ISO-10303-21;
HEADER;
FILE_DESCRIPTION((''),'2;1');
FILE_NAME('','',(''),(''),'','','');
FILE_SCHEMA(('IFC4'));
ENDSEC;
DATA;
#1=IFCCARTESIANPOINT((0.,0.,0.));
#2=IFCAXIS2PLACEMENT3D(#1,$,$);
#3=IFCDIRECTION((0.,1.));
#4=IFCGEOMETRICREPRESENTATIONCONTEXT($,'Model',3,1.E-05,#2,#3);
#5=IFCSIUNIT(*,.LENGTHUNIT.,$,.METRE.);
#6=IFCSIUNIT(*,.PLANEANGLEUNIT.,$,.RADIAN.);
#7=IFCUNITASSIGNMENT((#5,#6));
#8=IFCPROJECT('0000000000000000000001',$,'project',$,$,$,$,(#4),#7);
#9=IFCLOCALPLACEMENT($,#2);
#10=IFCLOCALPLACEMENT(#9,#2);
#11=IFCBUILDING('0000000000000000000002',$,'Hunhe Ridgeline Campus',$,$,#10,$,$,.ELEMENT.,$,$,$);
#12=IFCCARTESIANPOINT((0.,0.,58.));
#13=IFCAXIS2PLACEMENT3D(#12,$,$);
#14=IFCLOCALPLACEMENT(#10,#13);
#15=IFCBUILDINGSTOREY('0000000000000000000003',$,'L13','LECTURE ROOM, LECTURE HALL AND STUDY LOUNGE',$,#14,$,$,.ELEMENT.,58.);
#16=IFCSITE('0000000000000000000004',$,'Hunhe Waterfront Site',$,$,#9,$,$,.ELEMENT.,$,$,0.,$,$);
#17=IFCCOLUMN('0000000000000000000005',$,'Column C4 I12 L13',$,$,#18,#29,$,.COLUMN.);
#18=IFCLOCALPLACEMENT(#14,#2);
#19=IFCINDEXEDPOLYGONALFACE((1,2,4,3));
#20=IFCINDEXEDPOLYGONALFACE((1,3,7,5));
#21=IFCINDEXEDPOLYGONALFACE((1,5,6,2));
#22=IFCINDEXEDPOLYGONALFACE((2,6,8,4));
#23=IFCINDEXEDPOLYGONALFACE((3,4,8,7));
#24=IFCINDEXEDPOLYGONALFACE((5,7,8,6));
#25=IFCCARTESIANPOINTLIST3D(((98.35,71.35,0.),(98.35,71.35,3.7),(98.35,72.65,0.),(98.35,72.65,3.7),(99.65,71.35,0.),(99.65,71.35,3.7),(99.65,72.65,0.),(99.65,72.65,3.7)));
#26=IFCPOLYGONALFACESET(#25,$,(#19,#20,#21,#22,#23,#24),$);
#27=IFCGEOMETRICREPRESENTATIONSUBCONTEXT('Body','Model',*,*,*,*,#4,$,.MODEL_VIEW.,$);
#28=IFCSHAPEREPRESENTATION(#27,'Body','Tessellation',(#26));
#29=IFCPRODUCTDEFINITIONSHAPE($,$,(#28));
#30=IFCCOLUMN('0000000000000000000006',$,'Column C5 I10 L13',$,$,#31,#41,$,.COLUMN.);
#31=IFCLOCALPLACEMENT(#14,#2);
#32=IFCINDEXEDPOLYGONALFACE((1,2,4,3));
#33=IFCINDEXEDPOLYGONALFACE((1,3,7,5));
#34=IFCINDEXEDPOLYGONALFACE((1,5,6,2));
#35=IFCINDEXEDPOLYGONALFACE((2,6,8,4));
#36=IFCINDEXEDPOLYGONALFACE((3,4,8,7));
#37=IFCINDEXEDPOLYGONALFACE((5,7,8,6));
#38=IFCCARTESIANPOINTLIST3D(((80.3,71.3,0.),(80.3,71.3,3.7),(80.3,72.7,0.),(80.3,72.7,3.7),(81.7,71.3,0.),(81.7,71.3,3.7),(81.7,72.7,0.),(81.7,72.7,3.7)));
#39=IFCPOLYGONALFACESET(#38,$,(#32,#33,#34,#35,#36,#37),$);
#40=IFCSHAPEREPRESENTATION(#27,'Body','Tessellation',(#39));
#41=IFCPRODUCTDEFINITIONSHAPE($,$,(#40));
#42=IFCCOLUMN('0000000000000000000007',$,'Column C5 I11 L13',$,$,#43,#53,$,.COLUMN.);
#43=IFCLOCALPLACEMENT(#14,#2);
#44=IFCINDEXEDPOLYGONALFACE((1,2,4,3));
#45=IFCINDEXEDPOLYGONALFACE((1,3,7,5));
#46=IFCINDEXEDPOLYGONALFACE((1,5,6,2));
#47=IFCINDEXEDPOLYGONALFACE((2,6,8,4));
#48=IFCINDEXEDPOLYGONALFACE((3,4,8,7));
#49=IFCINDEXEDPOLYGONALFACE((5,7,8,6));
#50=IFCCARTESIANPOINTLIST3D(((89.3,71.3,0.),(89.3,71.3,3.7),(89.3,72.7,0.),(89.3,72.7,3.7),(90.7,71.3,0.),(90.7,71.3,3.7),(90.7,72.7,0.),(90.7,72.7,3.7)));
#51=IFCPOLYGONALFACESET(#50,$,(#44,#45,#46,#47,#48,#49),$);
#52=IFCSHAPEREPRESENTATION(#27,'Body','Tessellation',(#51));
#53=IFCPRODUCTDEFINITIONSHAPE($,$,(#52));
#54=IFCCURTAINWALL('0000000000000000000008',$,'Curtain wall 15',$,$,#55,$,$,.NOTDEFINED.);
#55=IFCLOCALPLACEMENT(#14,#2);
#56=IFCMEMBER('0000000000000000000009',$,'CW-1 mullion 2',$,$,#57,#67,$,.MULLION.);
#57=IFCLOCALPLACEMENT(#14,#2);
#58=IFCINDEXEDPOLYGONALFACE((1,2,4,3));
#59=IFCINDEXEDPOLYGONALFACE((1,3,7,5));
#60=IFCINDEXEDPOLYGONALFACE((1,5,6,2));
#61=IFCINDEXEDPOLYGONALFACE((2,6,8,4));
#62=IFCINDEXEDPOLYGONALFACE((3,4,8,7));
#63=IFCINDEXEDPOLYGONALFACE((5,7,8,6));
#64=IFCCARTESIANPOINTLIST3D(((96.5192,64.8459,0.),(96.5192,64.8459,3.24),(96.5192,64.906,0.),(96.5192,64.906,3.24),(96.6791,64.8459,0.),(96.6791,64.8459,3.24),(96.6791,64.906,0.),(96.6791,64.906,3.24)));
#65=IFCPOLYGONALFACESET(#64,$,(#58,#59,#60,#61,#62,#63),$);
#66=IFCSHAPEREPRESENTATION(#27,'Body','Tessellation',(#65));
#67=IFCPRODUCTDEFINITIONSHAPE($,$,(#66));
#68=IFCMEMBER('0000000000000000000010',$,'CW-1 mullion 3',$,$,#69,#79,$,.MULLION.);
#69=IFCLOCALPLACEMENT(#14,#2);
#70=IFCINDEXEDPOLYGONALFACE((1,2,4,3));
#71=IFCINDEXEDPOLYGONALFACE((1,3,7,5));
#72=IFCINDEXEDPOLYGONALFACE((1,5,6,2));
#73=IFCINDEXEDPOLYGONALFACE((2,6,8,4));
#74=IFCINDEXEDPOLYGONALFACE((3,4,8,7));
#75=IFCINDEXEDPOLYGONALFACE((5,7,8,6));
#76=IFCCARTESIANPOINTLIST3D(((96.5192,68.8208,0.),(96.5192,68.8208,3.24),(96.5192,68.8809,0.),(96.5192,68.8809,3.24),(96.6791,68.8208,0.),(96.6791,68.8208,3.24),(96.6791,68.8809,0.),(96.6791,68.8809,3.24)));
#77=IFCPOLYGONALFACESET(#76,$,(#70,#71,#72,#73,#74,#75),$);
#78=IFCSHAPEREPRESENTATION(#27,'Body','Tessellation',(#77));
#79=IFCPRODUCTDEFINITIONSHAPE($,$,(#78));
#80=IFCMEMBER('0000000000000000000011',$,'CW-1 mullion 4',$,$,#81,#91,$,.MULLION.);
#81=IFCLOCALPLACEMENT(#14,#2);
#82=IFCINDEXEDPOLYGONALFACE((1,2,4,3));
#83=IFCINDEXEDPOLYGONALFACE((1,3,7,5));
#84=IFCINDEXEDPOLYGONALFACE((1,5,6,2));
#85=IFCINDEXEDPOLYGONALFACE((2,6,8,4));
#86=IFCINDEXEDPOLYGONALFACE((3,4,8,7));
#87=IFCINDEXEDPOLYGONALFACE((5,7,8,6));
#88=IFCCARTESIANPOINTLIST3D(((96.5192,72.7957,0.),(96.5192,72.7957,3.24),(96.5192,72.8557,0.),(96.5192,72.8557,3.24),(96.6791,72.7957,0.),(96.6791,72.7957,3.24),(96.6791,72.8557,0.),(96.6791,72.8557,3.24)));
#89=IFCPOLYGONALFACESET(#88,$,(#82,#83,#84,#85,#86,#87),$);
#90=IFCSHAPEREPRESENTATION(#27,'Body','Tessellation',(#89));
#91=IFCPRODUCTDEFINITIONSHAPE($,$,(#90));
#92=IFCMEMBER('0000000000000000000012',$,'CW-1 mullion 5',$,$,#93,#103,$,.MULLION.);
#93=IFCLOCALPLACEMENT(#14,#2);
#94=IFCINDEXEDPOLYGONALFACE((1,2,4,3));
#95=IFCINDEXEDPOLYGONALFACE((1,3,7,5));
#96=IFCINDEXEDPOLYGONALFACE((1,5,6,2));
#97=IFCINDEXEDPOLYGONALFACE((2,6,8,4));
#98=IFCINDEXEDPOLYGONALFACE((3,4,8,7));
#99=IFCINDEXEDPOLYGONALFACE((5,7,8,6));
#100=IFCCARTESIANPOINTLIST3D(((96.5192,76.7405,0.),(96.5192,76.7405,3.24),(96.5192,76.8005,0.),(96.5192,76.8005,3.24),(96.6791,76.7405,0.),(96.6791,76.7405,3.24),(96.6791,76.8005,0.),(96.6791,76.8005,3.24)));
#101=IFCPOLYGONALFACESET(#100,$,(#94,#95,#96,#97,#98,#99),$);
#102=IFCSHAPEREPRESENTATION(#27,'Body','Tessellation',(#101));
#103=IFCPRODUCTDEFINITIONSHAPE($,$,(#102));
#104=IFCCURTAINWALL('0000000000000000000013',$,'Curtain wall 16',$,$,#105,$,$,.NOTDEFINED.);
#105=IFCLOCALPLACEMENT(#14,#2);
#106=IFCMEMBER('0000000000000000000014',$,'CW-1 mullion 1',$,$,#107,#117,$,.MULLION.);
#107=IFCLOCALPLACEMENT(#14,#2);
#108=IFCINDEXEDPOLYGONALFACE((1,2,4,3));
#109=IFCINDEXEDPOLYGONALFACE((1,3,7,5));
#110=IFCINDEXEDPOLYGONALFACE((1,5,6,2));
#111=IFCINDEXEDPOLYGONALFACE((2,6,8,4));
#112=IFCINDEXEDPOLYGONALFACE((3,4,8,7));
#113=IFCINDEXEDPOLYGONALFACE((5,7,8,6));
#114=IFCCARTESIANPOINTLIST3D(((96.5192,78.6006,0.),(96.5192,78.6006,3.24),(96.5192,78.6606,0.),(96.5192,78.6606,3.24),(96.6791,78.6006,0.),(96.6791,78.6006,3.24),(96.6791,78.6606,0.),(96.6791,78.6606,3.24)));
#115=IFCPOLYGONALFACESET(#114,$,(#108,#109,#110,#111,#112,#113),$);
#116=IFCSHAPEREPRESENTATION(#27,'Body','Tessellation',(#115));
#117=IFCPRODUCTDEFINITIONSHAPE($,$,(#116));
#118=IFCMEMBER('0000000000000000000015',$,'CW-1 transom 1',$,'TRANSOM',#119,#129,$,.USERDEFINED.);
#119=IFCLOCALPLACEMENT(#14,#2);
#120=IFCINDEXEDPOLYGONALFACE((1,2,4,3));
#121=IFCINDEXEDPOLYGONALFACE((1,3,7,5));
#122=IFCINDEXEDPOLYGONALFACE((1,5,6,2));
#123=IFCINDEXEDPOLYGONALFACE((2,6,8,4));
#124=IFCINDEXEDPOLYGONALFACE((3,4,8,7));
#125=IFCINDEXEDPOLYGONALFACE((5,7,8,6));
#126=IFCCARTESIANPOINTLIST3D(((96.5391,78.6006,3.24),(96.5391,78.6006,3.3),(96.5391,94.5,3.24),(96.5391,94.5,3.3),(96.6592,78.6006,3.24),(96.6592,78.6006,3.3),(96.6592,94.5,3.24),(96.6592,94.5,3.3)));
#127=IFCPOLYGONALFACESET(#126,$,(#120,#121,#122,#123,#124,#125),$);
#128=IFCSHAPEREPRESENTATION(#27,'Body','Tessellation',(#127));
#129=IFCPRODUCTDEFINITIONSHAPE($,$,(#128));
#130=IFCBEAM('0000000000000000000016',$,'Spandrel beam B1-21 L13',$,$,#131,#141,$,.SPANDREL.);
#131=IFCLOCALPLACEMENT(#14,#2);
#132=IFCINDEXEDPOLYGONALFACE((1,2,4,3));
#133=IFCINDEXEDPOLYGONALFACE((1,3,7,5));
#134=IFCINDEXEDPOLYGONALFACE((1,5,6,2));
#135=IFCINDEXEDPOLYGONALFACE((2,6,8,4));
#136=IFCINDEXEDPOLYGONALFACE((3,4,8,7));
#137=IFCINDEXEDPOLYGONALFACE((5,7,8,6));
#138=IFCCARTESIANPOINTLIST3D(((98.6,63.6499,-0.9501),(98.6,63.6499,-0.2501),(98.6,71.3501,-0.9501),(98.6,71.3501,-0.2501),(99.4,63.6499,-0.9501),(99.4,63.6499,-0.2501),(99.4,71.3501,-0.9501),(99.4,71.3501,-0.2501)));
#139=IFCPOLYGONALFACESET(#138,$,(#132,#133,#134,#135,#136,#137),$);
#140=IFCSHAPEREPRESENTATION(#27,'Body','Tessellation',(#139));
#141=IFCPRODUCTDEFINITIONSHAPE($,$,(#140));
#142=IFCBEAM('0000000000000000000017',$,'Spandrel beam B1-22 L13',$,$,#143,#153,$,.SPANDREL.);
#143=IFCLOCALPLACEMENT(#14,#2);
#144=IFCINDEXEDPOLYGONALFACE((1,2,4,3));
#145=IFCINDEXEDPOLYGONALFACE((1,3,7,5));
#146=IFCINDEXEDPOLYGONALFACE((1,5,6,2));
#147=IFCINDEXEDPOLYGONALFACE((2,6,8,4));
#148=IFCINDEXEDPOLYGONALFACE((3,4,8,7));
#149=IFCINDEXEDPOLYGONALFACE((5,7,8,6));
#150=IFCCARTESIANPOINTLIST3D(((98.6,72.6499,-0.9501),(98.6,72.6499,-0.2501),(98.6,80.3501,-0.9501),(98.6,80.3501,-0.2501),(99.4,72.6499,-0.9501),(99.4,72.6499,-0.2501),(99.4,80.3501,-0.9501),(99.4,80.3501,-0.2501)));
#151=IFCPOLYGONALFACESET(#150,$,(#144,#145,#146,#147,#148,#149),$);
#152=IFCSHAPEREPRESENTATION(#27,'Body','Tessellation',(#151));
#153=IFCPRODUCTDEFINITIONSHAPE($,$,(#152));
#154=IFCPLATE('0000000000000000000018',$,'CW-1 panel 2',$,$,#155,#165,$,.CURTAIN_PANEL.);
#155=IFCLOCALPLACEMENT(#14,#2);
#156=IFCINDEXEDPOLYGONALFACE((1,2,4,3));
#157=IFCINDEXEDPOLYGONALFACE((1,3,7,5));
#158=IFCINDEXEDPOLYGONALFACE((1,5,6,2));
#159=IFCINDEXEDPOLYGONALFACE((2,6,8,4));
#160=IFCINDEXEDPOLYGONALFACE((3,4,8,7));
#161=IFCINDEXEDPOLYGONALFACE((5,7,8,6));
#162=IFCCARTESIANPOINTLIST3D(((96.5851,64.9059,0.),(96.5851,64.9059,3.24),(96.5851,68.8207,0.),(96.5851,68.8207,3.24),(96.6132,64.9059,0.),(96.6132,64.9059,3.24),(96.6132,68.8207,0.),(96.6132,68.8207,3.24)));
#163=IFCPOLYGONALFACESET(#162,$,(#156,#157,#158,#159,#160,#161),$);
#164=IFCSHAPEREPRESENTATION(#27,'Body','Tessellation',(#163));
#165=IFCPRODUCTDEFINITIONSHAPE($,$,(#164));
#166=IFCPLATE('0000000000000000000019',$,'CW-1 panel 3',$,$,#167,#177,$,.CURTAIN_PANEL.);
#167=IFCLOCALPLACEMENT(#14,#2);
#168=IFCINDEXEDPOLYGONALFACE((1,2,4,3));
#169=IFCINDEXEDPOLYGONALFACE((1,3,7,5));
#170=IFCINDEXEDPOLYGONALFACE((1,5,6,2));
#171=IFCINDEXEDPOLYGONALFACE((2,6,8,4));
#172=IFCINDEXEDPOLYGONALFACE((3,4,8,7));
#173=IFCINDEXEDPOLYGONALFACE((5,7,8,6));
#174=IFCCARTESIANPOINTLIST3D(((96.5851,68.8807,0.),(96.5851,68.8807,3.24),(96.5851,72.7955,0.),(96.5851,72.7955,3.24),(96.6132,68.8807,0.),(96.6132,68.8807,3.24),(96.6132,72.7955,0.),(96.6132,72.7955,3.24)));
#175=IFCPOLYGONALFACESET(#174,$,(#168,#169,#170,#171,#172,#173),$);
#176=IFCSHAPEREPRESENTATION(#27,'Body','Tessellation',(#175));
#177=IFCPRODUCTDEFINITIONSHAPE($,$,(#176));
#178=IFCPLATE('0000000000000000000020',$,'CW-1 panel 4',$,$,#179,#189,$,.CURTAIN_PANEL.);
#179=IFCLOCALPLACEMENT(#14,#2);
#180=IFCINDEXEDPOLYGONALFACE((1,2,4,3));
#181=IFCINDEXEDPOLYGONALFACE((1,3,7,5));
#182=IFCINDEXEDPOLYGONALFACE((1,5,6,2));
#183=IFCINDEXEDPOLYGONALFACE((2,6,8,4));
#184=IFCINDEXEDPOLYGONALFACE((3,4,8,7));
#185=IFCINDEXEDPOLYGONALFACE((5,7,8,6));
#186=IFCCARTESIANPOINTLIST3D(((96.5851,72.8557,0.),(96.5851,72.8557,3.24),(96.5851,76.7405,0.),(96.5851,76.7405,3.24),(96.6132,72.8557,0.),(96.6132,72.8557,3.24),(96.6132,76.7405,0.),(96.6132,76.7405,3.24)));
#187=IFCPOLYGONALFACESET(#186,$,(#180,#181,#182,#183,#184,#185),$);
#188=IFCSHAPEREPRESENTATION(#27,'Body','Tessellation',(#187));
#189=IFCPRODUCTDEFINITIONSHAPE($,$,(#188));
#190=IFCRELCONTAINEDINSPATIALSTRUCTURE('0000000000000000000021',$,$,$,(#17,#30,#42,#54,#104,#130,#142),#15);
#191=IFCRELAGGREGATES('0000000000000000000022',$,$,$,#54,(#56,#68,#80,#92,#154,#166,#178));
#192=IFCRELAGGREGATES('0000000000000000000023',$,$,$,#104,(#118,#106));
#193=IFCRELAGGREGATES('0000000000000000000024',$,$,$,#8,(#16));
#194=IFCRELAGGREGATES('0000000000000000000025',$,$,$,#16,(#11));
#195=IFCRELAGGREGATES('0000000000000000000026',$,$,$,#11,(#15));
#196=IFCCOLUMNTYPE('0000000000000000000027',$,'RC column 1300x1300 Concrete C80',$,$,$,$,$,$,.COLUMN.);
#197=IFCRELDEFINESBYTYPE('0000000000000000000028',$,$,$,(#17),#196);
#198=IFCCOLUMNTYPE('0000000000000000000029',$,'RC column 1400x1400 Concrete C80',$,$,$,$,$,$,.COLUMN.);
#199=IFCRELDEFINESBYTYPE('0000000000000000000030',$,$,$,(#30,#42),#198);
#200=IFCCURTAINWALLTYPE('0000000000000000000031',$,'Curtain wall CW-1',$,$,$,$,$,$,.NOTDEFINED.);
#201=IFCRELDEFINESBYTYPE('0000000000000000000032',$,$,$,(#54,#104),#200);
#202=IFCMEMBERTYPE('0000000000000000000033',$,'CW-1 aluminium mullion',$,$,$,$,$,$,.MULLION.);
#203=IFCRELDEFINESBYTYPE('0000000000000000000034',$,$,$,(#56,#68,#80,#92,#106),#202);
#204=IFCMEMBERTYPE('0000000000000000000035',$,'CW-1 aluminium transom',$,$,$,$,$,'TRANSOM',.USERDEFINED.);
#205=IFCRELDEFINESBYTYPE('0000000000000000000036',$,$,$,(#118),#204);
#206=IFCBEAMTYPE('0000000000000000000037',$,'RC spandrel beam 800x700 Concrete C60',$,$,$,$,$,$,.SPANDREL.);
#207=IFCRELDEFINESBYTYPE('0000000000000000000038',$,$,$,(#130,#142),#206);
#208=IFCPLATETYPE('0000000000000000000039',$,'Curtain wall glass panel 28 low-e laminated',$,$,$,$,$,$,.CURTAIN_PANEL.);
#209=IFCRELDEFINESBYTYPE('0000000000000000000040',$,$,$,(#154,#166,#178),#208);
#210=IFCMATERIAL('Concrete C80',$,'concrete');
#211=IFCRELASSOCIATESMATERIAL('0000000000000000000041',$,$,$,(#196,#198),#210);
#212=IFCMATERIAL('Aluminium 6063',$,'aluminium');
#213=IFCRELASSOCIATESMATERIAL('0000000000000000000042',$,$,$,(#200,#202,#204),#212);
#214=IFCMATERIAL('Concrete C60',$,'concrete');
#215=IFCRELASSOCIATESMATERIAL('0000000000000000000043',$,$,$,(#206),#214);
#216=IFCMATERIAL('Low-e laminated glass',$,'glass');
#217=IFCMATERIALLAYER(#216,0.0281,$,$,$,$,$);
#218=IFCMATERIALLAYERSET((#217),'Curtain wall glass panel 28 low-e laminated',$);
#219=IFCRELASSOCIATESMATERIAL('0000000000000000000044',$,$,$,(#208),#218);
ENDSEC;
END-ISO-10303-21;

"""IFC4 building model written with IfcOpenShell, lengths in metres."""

from ifc_helpers import new_model, si_unit, direction, frame, origin, origin_2d, place, context, subcontext, project, spatial, rectangle, extrude, material, layer, layer_set, material_profile, profile_set, type_object, element, aggregate, save


model = new_model("IFC4")

# Units and contexts
model_context = context("Model", 3, precision=1e-05, world=origin(), true_north=direction((0.0, 1.0)))
body_context = subcontext(model_context, "Body", "Model", "MODEL_VIEW")
ifc_project = project(units=[si_unit("LENGTHUNIT", "METRE"), si_unit("PLANEANGLEUNIT", "RADIAN")], contexts=[model_context])

# Site, building, storey
site_placement = place(None, origin())
site = spatial("IfcSite", under=ifc_project, at=site_placement, Name="Hunhe Waterfront Site", CompositionType="ELEMENT", RefElevation=0.0)
building_placement = place(site_placement, origin())
building = spatial("IfcBuilding", under=site, at=building_placement, Name="Hunhe Ridgeline Campus", CompositionType="ELEMENT")
storey_placement = place(building_placement, frame((0.0, 0.0, 58.0)))
storey = spatial("IfcBuildingStorey", under=building, at=storey_placement, Name="L13", Description="LECTURE ROOM, LECTURE HALL AND STUDY LOUNGE", CompositionType="ELEMENT", Elevation=58.0)

# Columns
ifc_material_1 = material(Name="Concrete C80", Category="concrete")
ifc_material_profile_1 = material_profile(ifc_material_1, rectangle(XDim=1.3, YDim=1.3, at=origin_2d()))
ifc_profile_set_1 = profile_set([ifc_material_profile_1], Name="Concrete C80")
column_type_1 = type_object("IfcColumnType", Name="RC column 1300x1300 Concrete C80", PredefinedType="COLUMN", material=ifc_profile_set_1)
column_placement = place(storey_placement, frame((99.0, 72.0, 0.0), z_axis=(0.0, 0.0, 1.0), x_axis=(1.0, 0.0, 0.0)))
element("IfcColumn", 1, at=column_placement, inside=storey, type_object=column_type_1, Name="Column C4 I12 L13", PredefinedType="COLUMN", context=body_context, shape_type="SweptSolid", body=[
    extrude(rectangle(XDim=1.3, YDim=1.3, at=origin_2d()), origin(), (0.0, 0.0, 1.0), 3.7),
])
ifc_material_profile_2 = material_profile(ifc_material_1, rectangle(XDim=1.3999, YDim=1.3999, at=origin_2d()))
ifc_profile_set_2 = profile_set([ifc_material_profile_2], Name="Concrete C80")
column_type_2 = type_object("IfcColumnType", Name="RC column 1400x1400 Concrete C80", PredefinedType="COLUMN", material=ifc_profile_set_2)
for number, where, z_axis, x_axis, name in (
    (2, (81.0, 72.0, 0.0), (0.0, 0.0, 1.0), (1.0, 0.0, 0.0), "Column C5 I10 L13"),
    (3, (90.0, 72.0, 0.0), (0.0, 0.0, 1.0), (1.0, 0.0, 0.0), "Column C5 I11 L13"),
):
    element("IfcColumn", number, at=place(storey_placement, frame(where, z_axis=z_axis, x_axis=x_axis)), inside=storey, type_object=column_type_2, Name=name, PredefinedType="COLUMN", context=body_context, shape_type="SweptSolid", body=[
        extrude(rectangle(XDim=1.3999, YDim=1.3999, at=origin_2d()), origin(), (0.0, 0.0, 1.0), 3.7),
    ])

# Curtain walls, members
ifc_material_2 = material(Name="Aluminium 6063", Category="aluminium")
curtain_wall_type = type_object("IfcCurtainWallType", Name="Curtain wall CW-1", PredefinedType="NOTDEFINED", material=ifc_material_2)
curtain_wall_1_placement = place(storey_placement, origin())
curtain_wall_1 = element("IfcCurtainWall", 4, at=curtain_wall_1_placement, inside=storey, type_object=curtain_wall_type, Name="Curtain wall 15", PredefinedType="NOTDEFINED")
ifc_material_profile_3 = material_profile(ifc_material_2, rectangle(XDim=0.1599, YDim=0.0601, at=origin_2d()))
ifc_profile_set_3 = profile_set([ifc_material_profile_3], Name="Aluminium 6063")
member_type_1 = type_object("IfcMemberType", Name="CW-1 aluminium mullion", PredefinedType="MULLION", material=ifc_profile_set_3)
member_1_placement = place(storey_placement, frame((96.5991, 64.876, 0.0), z_axis=(0.0, 0.0, 1.0), x_axis=(-1.0, 0.0, 0.0)))
member_1 = element("IfcMember", 5, at=member_1_placement, type_object=member_type_1, Name="CW-1 mullion 2", PredefinedType="MULLION", context=body_context, shape_type="SweptSolid", body=[
    extrude(rectangle(XDim=0.1599, YDim=0.0601, at=origin_2d()), origin(), (0.0, 0.0, 1.0), 3.24),
])
member_2_placement = place(storey_placement, frame((96.5991, 68.8508, 0.0), z_axis=(0.0, 0.0, 1.0), x_axis=(-1.0, 0.0, 0.0)))
member_2 = element("IfcMember", 6, at=member_2_placement, type_object=member_type_1, Name="CW-1 mullion 3", PredefinedType="MULLION", context=body_context, shape_type="SweptSolid", body=[
    extrude(rectangle(XDim=0.1599, YDim=0.0601, at=origin_2d()), origin(), (0.0, 0.0, 1.0), 3.24),
])
member_3_placement = place(storey_placement, frame((96.5991, 72.8257, 0.0), z_axis=(0.0, 0.0, 1.0), x_axis=(-1.0, 0.0, 0.0)))
member_3 = element("IfcMember", 7, at=member_3_placement, type_object=member_type_1, Name="CW-1 mullion 4", PredefinedType="MULLION", context=body_context, shape_type="SweptSolid", body=[
    extrude(rectangle(XDim=0.1599, YDim=0.0601, at=origin_2d()), origin(), (0.0, 0.0, 1.0), 3.24),
])
member_4_placement = place(storey_placement, frame((96.5991, 76.7705, 0.0), z_axis=(0.0, 0.0, 1.0), x_axis=(-1.0, 0.0, 0.0)))
member_4 = element("IfcMember", 8, at=member_4_placement, type_object=member_type_1, Name="CW-1 mullion 5", PredefinedType="MULLION", context=body_context, shape_type="SweptSolid", body=[
    extrude(rectangle(XDim=0.1599, YDim=0.0601, at=origin_2d()), origin(), (0.0, 0.0, 1.0), 3.24),
])
curtain_wall_2_placement = place(storey_placement, origin())
curtain_wall_2 = element("IfcCurtainWall", 9, at=curtain_wall_2_placement, inside=storey, type_object=curtain_wall_type, Name="Curtain wall 16", PredefinedType="NOTDEFINED")
member_5_placement = place(storey_placement, frame((96.5991, 78.6306, 0.0), z_axis=(0.0, 0.0, 1.0), x_axis=(-1.0, 0.0, 0.0)))
member_5 = element("IfcMember", 10, at=member_5_placement, type_object=member_type_1, Name="CW-1 mullion 1", PredefinedType="MULLION", context=body_context, shape_type="SweptSolid", body=[
    extrude(rectangle(XDim=0.1599, YDim=0.0601, at=origin_2d()), origin(), (0.0, 0.0, 1.0), 3.24),
])
ifc_material_profile_4 = material_profile(ifc_material_2, rectangle(XDim=0.1201, YDim=0.0601, at=origin_2d()))
ifc_profile_set_4 = profile_set([ifc_material_profile_4], Name="Aluminium 6063")
member_type_2 = type_object("IfcMemberType", Name="CW-1 aluminium transom", ElementType="TRANSOM", PredefinedType="USERDEFINED", material=ifc_profile_set_4)
member_6_placement = place(storey_placement, frame((96.5991, 78.6006, 3.27), z_axis=(0.0, 1.0, 0.0), x_axis=(-1.0, 0.0, 0.0)))
member_6 = element("IfcMember", 11, at=member_6_placement, type_object=member_type_2, Name="CW-1 transom 1", ObjectType="TRANSOM", PredefinedType="USERDEFINED", context=body_context, shape_type="SweptSolid", body=[
    extrude(rectangle(XDim=0.1201, YDim=0.0601, at=origin_2d()), origin(), (0.0, 0.0, 1.0), 15.8994),
])

# Beams
ifc_material_3 = material(Name="Concrete C60", Category="concrete")
ifc_material_profile_5 = material_profile(ifc_material_3, rectangle(XDim=0.8, YDim=0.7, at=origin_2d()))
ifc_profile_set_5 = profile_set([ifc_material_profile_5], Name="Concrete C60")
beam_type = type_object("IfcBeamType", Name="RC spandrel beam 800x700 Concrete C60", PredefinedType="SPANDREL", material=ifc_profile_set_5)
for number, where, z_axis, x_axis, name in (
    (12, (99.0, 63.6499, -0.6001), (0.0, 1.0, 0.0), (-1.0, 0.0, 0.0), "Spandrel beam B1-21 L13"),
    (13, (99.0, 72.6499, -0.6001), (0.0, 1.0, 0.0), (-1.0, 0.0, 0.0), "Spandrel beam B1-22 L13"),
):
    element("IfcBeam", number, at=place(storey_placement, frame(where, z_axis=z_axis, x_axis=x_axis)), inside=storey, type_object=beam_type, Name=name, PredefinedType="SPANDREL", context=body_context, shape_type="SweptSolid", body=[
        extrude(rectangle(XDim=0.8, YDim=0.7, at=origin_2d()), origin(), (0.0, 0.0, 1.0), 7.7002),
    ])

# Plates
ifc_material_4 = material(Name="Low-e laminated glass", Category="glass")
ifc_layer_1 = layer(ifc_material_4, 0.0281)
ifc_layer_set_1 = layer_set([ifc_layer_1], Name="Curtain wall glass panel 28 low-e laminated")
plate_type = type_object("IfcPlateType", Name="Curtain wall glass panel 28 low-e laminated", PredefinedType="CURTAIN_PANEL", material=ifc_layer_set_1)
plate_1_placement = place(storey_placement, frame((96.5991, 66.8633, 0.0), z_axis=(0.0, 0.0, 1.0), x_axis=(0.0, 1.0, 0.0)))
plate_1 = element("IfcPlate", 14, at=plate_1_placement, type_object=plate_type, Name="CW-1 panel 2", PredefinedType="CURTAIN_PANEL", context=body_context, shape_type="SweptSolid", body=[
    extrude(rectangle(XDim=3.9148, YDim=0.0281, at=origin_2d()), origin(), (0.0, 0.0, 1.0), 3.24),
])
plate_2_placement = place(storey_placement, frame((96.5991, 70.8381, 0.0), z_axis=(0.0, 0.0, 1.0), x_axis=(0.0, 1.0, 0.0)))
plate_2 = element("IfcPlate", 15, at=plate_2_placement, type_object=plate_type, Name="CW-1 panel 3", PredefinedType="CURTAIN_PANEL", context=body_context, shape_type="SweptSolid", body=[
    extrude(rectangle(XDim=3.9148, YDim=0.0281, at=origin_2d()), origin(), (0.0, 0.0, 1.0), 3.24),
])
plate_3_placement = place(storey_placement, frame((96.5991, 74.7981, 0.0), z_axis=(0.0, 0.0, 1.0), x_axis=(0.0, 1.0, 0.0)))
plate_3 = element("IfcPlate", 16, at=plate_3_placement, type_object=plate_type, Name="CW-1 panel 4", PredefinedType="CURTAIN_PANEL", context=body_context, shape_type="SweptSolid", body=[
    extrude(rectangle(XDim=3.8848, YDim=0.0281, at=origin_2d()), origin(), (0.0, 0.0, 1.0), 3.24),
])
aggregate(curtain_wall_1, [member_1, member_2, member_3, member_4, plate_1, plate_2, plate_3])
aggregate(curtain_wall_2, [member_6, member_5])

save(model, "model.ifc")
